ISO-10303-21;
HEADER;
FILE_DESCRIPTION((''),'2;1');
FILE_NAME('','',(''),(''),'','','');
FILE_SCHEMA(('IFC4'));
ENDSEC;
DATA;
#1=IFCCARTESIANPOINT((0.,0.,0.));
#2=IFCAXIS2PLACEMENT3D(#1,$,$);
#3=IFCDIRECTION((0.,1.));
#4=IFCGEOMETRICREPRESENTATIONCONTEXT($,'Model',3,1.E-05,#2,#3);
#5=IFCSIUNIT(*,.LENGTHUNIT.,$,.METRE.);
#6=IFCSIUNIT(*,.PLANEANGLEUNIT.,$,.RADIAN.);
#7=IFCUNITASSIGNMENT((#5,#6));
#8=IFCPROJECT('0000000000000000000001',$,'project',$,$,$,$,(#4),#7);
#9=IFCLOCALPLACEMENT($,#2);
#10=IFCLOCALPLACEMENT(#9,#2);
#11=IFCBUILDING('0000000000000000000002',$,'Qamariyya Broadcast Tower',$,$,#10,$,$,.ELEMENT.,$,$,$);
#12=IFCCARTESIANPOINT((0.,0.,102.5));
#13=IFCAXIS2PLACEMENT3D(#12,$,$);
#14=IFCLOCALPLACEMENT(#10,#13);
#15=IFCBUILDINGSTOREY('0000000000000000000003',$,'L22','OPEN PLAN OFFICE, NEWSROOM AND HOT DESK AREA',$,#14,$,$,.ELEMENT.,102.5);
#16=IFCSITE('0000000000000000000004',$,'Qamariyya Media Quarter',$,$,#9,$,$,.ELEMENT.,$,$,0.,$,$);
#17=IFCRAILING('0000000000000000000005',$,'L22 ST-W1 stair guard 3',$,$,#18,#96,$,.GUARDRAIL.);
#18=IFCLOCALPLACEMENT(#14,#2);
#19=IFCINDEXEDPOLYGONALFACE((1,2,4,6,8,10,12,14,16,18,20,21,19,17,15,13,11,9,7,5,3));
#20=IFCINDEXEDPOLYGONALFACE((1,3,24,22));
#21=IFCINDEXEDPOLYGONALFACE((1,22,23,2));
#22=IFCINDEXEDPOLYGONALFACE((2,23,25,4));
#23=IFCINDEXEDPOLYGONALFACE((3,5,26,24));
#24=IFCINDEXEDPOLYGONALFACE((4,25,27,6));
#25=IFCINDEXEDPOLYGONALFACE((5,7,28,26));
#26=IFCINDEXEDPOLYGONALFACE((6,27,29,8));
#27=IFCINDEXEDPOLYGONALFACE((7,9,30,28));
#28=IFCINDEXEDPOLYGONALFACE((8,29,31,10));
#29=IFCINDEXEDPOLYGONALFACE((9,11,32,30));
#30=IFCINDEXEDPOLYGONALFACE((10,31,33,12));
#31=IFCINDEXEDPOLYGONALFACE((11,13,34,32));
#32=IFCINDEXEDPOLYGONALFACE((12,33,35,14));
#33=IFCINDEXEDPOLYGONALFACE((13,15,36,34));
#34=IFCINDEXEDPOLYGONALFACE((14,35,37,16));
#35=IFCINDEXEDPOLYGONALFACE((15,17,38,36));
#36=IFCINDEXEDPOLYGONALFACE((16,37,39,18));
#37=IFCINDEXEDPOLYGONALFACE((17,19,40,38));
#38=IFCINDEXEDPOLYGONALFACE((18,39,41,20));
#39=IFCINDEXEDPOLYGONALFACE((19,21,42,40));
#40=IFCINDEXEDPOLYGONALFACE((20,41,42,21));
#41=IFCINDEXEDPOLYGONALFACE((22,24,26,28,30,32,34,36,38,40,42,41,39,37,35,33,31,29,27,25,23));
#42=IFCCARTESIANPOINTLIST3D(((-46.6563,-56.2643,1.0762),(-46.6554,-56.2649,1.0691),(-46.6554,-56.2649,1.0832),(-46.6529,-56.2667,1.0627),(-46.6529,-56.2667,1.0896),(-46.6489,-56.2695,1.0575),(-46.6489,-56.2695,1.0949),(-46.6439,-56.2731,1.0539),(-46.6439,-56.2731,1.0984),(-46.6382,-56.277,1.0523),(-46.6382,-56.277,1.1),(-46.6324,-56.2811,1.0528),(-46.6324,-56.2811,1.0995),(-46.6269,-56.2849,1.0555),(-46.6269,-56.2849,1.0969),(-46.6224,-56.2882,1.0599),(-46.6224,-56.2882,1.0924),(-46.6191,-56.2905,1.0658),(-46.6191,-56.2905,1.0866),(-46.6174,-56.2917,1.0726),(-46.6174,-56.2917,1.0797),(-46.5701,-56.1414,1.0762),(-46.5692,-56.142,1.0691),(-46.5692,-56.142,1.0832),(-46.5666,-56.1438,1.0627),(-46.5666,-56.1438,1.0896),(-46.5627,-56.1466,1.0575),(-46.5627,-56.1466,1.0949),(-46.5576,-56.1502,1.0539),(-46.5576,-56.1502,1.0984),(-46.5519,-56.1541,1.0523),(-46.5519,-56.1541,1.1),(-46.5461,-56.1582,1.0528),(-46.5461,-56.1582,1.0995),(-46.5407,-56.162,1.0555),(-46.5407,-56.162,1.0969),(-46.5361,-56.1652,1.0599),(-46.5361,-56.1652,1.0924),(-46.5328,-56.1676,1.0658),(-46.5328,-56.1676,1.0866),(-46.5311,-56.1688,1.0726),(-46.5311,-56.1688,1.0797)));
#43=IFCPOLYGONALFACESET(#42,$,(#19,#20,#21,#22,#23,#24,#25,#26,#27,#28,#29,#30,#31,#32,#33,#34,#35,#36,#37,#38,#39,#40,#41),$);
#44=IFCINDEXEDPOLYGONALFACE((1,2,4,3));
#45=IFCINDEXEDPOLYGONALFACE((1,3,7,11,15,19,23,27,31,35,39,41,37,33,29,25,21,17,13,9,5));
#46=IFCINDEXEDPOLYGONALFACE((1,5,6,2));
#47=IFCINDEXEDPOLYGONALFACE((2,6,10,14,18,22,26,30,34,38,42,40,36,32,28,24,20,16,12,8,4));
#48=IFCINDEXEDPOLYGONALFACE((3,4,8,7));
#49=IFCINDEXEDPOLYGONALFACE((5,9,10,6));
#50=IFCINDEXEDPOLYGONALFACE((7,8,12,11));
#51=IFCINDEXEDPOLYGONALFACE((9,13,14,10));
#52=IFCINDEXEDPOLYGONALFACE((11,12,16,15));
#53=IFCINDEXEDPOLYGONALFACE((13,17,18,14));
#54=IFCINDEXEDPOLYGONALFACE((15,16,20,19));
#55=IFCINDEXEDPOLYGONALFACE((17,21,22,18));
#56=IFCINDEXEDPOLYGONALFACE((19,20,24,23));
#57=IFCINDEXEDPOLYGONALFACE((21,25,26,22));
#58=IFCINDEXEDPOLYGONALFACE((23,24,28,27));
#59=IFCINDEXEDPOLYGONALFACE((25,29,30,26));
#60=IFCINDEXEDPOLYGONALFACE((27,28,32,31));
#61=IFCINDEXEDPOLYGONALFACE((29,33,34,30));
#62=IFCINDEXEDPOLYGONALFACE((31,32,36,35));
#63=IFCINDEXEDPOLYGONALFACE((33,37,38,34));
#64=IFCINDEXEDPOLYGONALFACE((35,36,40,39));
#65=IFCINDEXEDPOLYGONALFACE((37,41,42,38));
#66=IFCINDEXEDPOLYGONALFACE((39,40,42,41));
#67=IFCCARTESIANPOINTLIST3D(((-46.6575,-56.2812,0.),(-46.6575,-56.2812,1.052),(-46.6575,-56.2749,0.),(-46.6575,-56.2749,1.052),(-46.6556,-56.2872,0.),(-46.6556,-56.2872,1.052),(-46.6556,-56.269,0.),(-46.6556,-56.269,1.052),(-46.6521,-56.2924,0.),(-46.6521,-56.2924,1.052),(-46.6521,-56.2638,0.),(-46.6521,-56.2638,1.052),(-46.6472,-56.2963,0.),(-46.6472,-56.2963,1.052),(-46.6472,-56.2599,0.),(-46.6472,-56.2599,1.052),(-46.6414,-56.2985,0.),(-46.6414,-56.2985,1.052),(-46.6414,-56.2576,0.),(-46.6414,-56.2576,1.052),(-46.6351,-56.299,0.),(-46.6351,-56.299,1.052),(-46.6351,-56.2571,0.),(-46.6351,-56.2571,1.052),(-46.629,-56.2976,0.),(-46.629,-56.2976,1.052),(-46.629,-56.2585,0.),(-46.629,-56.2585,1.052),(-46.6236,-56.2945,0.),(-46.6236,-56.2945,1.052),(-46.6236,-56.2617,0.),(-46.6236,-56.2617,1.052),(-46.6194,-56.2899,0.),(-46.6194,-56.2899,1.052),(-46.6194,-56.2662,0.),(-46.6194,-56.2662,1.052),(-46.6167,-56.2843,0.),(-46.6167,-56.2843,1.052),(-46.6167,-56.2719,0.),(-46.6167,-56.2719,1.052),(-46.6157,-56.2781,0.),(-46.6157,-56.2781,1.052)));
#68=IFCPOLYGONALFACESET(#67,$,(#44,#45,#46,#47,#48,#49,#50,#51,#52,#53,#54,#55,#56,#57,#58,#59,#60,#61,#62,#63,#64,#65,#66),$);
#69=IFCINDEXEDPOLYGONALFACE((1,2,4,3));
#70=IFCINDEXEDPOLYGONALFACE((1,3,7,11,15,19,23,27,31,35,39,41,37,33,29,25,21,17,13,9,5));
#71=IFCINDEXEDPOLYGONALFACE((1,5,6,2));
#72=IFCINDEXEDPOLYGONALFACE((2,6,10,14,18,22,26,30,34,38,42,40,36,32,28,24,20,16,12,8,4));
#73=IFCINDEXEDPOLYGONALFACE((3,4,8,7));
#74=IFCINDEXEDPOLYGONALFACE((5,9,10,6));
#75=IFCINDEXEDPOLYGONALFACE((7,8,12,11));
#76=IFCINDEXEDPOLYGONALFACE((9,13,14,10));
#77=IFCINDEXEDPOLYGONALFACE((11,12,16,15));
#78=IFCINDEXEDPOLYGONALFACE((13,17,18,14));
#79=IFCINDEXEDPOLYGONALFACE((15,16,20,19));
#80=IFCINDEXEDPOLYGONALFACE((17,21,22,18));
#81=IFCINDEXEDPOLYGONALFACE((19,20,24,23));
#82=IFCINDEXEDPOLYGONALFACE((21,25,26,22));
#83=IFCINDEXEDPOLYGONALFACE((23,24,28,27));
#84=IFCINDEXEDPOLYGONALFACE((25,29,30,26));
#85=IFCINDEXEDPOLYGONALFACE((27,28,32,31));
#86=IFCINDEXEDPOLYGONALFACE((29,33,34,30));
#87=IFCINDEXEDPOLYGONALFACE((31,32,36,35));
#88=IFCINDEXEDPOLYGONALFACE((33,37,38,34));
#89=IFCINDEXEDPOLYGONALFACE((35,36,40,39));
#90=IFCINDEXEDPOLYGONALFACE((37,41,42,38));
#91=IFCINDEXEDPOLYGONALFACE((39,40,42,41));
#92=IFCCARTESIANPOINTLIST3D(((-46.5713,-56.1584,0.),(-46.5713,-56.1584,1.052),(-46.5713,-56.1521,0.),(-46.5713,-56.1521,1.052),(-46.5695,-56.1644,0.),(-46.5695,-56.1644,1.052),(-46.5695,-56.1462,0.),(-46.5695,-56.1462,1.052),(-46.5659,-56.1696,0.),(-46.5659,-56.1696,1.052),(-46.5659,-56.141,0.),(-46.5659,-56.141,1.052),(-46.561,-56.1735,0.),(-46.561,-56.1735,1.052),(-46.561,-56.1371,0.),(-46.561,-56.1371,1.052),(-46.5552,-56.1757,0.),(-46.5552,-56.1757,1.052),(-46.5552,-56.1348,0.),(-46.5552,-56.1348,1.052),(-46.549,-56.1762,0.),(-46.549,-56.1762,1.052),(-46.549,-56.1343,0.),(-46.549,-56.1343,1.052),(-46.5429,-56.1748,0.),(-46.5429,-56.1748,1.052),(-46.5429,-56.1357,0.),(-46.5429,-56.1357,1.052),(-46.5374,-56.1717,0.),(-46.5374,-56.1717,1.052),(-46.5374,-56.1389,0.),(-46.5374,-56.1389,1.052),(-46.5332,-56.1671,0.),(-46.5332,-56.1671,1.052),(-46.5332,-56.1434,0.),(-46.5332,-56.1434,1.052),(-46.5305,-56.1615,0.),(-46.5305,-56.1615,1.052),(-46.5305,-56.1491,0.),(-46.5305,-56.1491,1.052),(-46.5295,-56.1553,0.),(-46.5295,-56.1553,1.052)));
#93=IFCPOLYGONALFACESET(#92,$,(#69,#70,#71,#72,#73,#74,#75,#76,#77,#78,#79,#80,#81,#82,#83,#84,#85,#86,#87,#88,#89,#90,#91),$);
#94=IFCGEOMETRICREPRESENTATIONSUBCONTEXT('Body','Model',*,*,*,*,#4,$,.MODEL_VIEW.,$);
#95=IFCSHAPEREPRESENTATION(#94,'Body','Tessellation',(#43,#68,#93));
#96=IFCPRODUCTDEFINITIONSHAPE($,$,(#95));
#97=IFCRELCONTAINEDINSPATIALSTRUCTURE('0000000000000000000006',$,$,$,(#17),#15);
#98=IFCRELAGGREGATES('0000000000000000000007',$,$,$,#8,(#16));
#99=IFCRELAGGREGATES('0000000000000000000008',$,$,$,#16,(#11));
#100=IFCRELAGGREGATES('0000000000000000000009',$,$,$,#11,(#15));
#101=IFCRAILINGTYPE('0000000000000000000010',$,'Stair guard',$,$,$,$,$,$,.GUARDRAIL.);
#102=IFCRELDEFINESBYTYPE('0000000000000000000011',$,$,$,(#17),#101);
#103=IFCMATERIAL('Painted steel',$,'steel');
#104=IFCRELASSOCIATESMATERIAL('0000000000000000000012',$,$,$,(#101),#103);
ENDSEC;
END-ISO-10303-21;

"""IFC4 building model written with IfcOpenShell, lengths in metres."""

from ifc_helpers import new_model, si_unit, direction, frame, origin, origin_2d, place, context, subcontext, project, spatial, circle, extrude, material, type_object, element, save


model = new_model("IFC4")

# Units and contexts
model_context = context("Model", 3, precision=1e-05, world=origin(), true_north=direction((0.0, 1.0)))
body_context = subcontext(model_context, "Body", "Model", "MODEL_VIEW")
ifc_project = project(units=[si_unit("LENGTHUNIT", "METRE"), si_unit("PLANEANGLEUNIT", "RADIAN")], contexts=[model_context])

# Site, building, storey
site_placement = place(None, origin())
site = spatial("IfcSite", under=ifc_project, at=site_placement, Name="Qamariyya Media Quarter", CompositionType="ELEMENT", RefElevation=0.0)
building_placement = place(site_placement, origin())
building = spatial("IfcBuilding", under=site, at=building_placement, Name="Qamariyya Broadcast Tower", CompositionType="ELEMENT")
storey_placement = place(building_placement, frame((0.0, 0.0, 102.5)))
storey = spatial("IfcBuildingStorey", under=building, at=storey_placement, Name="L22", Description="OPEN PLAN OFFICE, NEWSROOM AND HOT DESK AREA", CompositionType="ELEMENT", Elevation=102.5)

# Railing
ifc_material_1 = material(Name="Painted steel", Category="steel")
railing_type_1 = type_object("IfcRailingType", Name="Stair guard", PredefinedType="GUARDRAIL", material=ifc_material_1)
railing_1_placement = place(storey_placement, frame((-46.6367, -56.2781, 0.0)))
element("IfcRailing", 1, at=railing_1_placement, inside=storey, type_object=railing_type_1, Name="L22 ST-W1 stair guard 3", PredefinedType="GUARDRAIL", context=body_context, shape_type="SweptSolid", body=[
    extrude(circle(Radius=0.0239, at=origin_2d()), frame((0.0, 0.0, 1.0762), z_axis=(0.574445, 0.818543, 0.0), x_axis=(-0.818543, 0.574445, 0.0)), (0.0, 0.0, 1.0), 0.1501),
    extrude(circle(Radius=0.021, at=origin_2d()), origin(), (0.0, 0.0, 1.0), 1.052),
    extrude(circle(Radius=0.021, at=origin_2d()), frame((0.0862, 0.1228, 0.0)), (0.0, 0.0, 1.0), 1.052),
])

save(model, "model.ifc")
